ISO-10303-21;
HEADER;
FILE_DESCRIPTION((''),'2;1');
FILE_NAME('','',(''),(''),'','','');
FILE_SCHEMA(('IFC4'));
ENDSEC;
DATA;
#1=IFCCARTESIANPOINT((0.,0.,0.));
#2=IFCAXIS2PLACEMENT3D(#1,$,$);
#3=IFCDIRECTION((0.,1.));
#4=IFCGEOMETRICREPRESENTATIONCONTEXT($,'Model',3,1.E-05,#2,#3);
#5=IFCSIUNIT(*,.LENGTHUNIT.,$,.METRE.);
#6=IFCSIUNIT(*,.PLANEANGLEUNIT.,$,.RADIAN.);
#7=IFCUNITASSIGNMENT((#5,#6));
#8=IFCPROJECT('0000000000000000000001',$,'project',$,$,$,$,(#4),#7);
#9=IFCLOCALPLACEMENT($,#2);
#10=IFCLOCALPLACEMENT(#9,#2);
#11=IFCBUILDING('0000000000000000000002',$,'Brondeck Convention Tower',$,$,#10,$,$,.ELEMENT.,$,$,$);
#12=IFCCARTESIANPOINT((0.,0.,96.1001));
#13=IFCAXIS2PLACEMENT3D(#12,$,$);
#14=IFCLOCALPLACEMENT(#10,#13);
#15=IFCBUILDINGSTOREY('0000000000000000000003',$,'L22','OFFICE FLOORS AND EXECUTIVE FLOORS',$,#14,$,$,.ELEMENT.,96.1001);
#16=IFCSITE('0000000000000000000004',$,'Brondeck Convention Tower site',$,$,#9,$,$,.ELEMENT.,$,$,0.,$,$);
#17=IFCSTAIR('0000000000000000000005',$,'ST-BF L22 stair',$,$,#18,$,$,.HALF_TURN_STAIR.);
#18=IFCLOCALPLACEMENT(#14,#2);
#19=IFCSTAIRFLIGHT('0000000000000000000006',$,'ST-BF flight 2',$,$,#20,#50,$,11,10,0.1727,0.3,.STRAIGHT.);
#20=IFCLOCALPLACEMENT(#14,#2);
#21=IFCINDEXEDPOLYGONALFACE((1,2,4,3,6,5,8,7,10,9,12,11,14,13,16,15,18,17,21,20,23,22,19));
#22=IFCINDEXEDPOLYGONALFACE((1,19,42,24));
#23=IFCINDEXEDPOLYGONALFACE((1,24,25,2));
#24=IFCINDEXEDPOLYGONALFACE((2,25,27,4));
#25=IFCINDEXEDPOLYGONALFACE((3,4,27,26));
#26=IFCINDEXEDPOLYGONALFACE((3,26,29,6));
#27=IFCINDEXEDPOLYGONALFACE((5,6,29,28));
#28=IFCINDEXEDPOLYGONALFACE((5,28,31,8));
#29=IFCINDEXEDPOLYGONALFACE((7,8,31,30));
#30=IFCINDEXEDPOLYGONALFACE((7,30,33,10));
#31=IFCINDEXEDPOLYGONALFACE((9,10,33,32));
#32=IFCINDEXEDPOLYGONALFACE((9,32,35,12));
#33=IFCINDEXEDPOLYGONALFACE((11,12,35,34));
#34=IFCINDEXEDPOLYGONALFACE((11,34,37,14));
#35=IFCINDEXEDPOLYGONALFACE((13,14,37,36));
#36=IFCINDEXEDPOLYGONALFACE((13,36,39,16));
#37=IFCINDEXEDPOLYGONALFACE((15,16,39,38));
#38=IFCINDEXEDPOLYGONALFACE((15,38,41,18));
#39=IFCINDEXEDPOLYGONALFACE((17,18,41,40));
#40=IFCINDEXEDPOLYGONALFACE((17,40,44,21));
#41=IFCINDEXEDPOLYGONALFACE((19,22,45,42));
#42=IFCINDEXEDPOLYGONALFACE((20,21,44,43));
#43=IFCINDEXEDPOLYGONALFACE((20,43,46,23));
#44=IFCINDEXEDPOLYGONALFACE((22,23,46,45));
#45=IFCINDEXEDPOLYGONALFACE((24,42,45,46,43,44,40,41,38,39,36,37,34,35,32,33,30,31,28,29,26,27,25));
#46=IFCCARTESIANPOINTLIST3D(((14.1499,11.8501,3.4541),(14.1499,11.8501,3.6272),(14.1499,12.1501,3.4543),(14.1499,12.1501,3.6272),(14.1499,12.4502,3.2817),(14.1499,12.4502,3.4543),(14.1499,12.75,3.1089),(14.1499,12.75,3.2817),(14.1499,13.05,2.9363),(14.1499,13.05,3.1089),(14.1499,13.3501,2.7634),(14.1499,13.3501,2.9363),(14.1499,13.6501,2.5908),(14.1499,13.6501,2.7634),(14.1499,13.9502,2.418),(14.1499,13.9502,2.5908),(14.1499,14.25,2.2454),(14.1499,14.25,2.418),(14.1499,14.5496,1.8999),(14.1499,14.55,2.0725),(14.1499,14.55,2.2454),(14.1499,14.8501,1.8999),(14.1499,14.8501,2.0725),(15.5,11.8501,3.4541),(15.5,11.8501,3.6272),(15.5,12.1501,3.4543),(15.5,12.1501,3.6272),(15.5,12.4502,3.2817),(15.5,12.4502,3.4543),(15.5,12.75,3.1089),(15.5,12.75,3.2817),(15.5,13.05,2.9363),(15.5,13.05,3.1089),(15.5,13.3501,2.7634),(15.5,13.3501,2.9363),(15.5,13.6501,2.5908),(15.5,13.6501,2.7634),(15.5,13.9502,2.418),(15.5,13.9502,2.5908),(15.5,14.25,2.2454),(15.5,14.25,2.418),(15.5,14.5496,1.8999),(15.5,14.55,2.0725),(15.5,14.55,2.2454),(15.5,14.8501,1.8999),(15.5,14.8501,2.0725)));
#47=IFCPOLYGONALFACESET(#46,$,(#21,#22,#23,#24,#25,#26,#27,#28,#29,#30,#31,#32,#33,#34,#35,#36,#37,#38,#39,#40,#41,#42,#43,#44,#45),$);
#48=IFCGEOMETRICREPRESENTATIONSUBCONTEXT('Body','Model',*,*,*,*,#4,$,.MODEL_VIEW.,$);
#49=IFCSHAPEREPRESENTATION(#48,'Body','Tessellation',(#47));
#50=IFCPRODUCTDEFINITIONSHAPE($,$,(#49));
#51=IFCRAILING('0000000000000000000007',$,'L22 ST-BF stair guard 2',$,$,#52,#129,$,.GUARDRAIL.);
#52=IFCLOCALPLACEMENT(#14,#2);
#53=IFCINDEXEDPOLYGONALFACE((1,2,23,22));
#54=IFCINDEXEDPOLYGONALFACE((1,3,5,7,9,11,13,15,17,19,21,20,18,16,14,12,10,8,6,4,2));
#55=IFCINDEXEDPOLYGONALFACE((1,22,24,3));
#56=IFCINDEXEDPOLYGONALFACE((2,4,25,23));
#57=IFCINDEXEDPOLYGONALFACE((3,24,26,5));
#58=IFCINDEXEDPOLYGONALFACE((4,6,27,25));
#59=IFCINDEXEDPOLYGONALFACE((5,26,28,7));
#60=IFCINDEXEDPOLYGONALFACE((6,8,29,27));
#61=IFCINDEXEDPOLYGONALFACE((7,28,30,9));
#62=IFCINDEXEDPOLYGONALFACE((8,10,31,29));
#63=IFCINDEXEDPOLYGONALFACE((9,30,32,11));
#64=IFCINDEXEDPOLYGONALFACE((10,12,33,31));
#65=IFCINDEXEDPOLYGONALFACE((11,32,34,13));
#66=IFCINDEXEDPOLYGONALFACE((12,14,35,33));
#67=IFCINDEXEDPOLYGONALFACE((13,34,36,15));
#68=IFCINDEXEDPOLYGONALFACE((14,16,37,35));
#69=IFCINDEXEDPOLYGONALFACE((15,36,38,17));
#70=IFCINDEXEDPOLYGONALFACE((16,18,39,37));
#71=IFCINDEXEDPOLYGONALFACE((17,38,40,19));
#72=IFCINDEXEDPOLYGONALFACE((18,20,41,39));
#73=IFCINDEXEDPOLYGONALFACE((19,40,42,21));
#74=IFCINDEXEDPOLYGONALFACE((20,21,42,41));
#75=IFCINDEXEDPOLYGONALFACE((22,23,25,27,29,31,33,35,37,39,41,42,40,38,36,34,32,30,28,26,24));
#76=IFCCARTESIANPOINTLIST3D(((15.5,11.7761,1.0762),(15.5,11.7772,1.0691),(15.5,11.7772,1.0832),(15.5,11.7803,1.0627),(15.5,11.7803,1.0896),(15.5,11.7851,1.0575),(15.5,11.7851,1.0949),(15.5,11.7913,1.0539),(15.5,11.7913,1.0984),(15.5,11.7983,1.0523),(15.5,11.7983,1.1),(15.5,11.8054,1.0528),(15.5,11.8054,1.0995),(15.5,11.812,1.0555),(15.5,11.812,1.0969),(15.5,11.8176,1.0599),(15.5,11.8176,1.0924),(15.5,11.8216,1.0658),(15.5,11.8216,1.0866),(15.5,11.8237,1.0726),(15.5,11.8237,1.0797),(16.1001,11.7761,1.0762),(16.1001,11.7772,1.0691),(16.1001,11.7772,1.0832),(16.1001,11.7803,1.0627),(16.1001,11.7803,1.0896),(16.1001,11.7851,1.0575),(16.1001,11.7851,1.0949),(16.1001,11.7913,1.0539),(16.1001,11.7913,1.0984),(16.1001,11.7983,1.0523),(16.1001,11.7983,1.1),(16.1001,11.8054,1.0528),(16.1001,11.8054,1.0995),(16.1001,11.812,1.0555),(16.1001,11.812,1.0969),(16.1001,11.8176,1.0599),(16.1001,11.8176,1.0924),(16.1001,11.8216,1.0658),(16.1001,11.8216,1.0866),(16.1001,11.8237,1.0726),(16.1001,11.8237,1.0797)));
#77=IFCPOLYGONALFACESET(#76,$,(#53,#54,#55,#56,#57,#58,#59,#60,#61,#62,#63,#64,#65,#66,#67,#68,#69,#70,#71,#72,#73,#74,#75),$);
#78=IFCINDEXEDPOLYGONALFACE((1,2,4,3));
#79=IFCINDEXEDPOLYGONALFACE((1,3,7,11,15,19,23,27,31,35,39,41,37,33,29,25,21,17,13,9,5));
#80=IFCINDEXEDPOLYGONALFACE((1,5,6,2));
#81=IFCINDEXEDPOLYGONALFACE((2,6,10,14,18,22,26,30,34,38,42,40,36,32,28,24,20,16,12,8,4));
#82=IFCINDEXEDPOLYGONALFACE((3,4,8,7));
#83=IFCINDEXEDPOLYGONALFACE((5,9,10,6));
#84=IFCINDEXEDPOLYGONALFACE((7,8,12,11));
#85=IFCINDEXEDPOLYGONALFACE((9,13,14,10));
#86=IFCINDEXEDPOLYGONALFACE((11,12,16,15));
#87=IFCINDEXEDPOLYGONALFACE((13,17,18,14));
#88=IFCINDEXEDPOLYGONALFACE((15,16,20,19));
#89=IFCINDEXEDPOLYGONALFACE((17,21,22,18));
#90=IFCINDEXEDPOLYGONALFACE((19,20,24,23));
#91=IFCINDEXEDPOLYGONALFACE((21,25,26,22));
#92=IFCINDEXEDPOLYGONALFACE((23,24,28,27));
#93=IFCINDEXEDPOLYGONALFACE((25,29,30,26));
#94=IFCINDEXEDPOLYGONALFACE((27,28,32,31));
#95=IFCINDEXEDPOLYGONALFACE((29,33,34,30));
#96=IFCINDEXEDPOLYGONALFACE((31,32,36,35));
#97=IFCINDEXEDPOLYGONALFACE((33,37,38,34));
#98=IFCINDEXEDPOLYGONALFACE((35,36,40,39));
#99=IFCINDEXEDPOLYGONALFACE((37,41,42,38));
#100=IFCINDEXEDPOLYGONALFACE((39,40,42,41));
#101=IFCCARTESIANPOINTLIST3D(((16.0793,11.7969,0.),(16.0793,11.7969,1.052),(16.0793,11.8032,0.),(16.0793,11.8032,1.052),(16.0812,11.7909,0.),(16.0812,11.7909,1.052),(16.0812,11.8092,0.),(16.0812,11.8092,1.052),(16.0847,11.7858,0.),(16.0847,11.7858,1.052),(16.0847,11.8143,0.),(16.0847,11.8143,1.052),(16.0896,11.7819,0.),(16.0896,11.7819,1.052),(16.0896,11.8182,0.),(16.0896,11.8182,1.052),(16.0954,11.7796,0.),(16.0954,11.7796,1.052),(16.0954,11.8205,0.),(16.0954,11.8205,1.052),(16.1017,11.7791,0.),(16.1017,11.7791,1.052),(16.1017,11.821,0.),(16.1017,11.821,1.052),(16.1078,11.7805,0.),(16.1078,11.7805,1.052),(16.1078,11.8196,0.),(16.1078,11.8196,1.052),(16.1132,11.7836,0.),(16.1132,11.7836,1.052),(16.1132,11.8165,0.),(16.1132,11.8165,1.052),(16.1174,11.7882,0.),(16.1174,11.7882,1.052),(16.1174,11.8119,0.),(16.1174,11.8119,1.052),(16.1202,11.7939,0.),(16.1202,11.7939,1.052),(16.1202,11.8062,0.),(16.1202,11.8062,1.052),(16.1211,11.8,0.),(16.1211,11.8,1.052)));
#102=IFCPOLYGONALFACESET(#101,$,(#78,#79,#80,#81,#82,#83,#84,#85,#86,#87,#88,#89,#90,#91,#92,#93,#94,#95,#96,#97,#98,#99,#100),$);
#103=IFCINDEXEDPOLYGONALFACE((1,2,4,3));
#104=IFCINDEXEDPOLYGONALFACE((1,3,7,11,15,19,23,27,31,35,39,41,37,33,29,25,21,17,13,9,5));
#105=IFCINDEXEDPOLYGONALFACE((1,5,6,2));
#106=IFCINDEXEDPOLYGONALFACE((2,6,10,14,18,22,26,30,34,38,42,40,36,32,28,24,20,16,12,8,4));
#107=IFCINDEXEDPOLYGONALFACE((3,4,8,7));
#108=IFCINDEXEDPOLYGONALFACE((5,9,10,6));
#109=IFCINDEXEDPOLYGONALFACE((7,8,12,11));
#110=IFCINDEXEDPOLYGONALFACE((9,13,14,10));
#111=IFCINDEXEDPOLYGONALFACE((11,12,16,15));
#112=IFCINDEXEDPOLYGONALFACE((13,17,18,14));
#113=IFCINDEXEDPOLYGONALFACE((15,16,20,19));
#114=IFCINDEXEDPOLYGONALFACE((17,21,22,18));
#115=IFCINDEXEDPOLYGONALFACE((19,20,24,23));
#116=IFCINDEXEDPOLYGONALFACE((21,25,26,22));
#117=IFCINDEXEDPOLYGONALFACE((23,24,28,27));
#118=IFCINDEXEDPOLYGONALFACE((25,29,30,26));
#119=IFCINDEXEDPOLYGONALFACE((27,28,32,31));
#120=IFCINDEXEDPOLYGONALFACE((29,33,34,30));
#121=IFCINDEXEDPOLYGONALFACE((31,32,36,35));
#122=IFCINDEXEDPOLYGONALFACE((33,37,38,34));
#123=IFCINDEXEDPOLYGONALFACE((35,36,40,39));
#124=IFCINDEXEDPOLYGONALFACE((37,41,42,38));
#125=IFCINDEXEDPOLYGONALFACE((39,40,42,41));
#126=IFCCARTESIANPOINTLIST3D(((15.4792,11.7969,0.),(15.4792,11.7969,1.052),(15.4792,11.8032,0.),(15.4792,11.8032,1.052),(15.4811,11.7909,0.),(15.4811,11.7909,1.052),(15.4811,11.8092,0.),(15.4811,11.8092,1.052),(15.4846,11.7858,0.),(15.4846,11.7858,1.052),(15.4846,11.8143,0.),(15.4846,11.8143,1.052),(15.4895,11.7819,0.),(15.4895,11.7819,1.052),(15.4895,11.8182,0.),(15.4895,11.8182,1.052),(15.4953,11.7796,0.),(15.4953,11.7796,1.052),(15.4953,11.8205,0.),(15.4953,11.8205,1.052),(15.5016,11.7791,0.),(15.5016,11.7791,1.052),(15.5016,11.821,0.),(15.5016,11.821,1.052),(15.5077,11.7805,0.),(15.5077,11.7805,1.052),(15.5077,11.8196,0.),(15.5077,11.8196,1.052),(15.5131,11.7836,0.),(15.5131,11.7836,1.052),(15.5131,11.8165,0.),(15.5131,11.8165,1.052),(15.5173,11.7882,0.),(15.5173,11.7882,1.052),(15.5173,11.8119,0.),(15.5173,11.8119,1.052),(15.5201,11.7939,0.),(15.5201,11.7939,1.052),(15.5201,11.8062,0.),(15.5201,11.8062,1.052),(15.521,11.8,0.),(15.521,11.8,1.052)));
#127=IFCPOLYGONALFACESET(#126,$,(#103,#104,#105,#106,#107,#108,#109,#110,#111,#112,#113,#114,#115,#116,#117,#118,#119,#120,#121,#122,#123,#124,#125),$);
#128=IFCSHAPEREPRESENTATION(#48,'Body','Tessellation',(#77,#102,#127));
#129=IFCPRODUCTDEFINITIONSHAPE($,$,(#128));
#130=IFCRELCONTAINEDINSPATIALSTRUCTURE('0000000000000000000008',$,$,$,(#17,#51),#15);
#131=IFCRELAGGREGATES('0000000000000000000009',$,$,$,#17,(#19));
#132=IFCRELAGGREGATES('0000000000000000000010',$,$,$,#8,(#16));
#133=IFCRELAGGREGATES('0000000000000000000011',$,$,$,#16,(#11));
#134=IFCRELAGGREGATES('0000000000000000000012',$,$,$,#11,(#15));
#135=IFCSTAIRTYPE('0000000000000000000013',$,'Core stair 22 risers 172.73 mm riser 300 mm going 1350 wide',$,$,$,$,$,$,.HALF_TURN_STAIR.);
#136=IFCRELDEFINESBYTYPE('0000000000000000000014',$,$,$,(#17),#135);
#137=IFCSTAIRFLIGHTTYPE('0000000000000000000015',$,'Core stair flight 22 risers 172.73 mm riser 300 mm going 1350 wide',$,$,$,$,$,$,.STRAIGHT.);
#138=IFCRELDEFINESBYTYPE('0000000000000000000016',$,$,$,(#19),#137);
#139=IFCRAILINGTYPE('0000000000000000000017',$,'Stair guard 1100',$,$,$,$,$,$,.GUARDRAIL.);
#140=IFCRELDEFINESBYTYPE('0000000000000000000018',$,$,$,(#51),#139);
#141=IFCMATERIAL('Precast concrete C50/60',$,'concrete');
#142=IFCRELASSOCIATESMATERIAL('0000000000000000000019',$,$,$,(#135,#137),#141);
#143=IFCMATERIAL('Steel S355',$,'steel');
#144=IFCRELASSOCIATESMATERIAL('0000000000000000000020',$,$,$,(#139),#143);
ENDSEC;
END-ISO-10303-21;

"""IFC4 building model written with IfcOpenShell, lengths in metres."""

from ifc_helpers import new_model, si_unit, direction, frame, origin, origin_2d, place, context, subcontext, project, spatial, polyline, circle, outline, extrude, material, type_object, element, aggregate, save


model = new_model("IFC4")

# Units and contexts
model_context = context("Model", 3, precision=1e-05, world=origin(), true_north=direction((0.0, 1.0)))
body_context = subcontext(model_context, "Body", "Model", "MODEL_VIEW")
ifc_project = project(units=[si_unit("LENGTHUNIT", "METRE"), si_unit("PLANEANGLEUNIT", "RADIAN")], contexts=[model_context])

# Site, building, storey
site_placement = place(None, origin())
site = spatial("IfcSite", under=ifc_project, at=site_placement, Name="Brondeck Convention Tower site", CompositionType="ELEMENT", RefElevation=0.0)
building_placement = place(site_placement, origin())
building = spatial("IfcBuilding", under=site, at=building_placement, Name="Brondeck Convention Tower", CompositionType="ELEMENT")
storey_placement = place(building_placement, frame((0.0, 0.0, 96.1001)))
storey = spatial("IfcBuildingStorey", under=building, at=storey_placement, Name="L22", Description="OFFICE FLOORS AND EXECUTIVE FLOORS", CompositionType="ELEMENT", Elevation=96.1001)

# Shared definitions
ifc_material_1 = material(Name="Steel S355", Category="steel")

# Stair, stair flight
ifc_material_2 = material(Name="Precast concrete C50/60", Category="concrete")
stair_type = type_object("IfcStairType", Name="Core stair 22 risers 172.73 mm riser 300 mm going 1350 wide", PredefinedType="HALF_TURN_STAIR", material=ifc_material_2)
stair_placement = place(storey_placement, origin())
stair = element("IfcStair", 1, at=stair_placement, inside=storey, type_object=stair_type, Name="ST-BF L22 stair", PredefinedType="HALF_TURN_STAIR")
stair_flight_type = type_object("IfcStairFlightType", Name="Core stair flight 22 risers 172.73 mm riser 300 mm going 1350 wide", PredefinedType="STRAIGHT", material=ifc_material_2)
stair_flight_1_placement = place(storey_placement, frame((14.825, 14.8501, 1.8999), z_axis=(0.0, 0.0, 1.0), x_axis=(0.0, -1.0, 0.0)))
stair_flight_1 = element("IfcStairFlight", 2, at=stair_flight_1_placement, type_object=stair_flight_type, Name="ST-BF flight 2", NumberOfRisers=11, NumberOfTreads=10, PredefinedType="STRAIGHT", RiserHeight=0.1727, TreadLength=0.3, context=body_context, shape_type="SweptSolid", body=[
    extrude(outline(polyline([(0.0, 0.0), (0.0, 0.1726), (0.3, 0.1726), (0.3, 0.3455), (0.6001, 0.3455), (0.6001, 0.5181), (0.8999, 0.5181), (0.8999, 0.6909), (1.2, 0.6909), (1.2, 0.8635), (1.5, 0.8635), (1.5, 1.0364), (1.8, 1.0364), (1.8, 1.209), (2.1001, 1.209), (2.1001, 1.3818), (2.3999, 1.3818), (2.3999, 1.5544), (2.7, 1.5544), (2.7, 1.7273), (3.0, 1.7273), (3.0, 1.8999), (3.0, 1.5542), (0.3005, 0.0), (0.0, 0.0)])), frame((0.0, 0.675, 0.0), z_axis=(0.0, -1.0, 0.0), x_axis=(1.0, 0.0, 0.0)), (0.0, 0.0, 1.0), 1.3501),
])
aggregate(stair, [stair_flight_1])

# Railing
railing_type_1 = type_object("IfcRailingType", Name="Stair guard 1100", PredefinedType="GUARDRAIL", material=ifc_material_1)
railing_1_placement = place(storey_placement, frame((16.1001, 11.8, 0.0)))
element("IfcRailing", 3, at=railing_1_placement, inside=storey, type_object=railing_type_1, Name="L22 ST-BF stair guard 2", PredefinedType="GUARDRAIL", context=body_context, shape_type="SweptSolid", body=[
    extrude(circle(Radius=0.0239, at=origin_2d()), frame((0.0, 0.0, 1.0762), z_axis=(-1.0, 0.0, 0.0), x_axis=(0.0, -1.0, 0.0)), (0.0, 0.0, 1.0), 0.6001),
    extrude(circle(Radius=0.021, at=origin_2d()), origin(), (0.0, 0.0, 1.0), 1.052),
    extrude(circle(Radius=0.021, at=origin_2d()), frame((-0.6001, 0.0, 0.0)), (0.0, 0.0, 1.0), 1.052),
])

save(model, "model.ifc")
